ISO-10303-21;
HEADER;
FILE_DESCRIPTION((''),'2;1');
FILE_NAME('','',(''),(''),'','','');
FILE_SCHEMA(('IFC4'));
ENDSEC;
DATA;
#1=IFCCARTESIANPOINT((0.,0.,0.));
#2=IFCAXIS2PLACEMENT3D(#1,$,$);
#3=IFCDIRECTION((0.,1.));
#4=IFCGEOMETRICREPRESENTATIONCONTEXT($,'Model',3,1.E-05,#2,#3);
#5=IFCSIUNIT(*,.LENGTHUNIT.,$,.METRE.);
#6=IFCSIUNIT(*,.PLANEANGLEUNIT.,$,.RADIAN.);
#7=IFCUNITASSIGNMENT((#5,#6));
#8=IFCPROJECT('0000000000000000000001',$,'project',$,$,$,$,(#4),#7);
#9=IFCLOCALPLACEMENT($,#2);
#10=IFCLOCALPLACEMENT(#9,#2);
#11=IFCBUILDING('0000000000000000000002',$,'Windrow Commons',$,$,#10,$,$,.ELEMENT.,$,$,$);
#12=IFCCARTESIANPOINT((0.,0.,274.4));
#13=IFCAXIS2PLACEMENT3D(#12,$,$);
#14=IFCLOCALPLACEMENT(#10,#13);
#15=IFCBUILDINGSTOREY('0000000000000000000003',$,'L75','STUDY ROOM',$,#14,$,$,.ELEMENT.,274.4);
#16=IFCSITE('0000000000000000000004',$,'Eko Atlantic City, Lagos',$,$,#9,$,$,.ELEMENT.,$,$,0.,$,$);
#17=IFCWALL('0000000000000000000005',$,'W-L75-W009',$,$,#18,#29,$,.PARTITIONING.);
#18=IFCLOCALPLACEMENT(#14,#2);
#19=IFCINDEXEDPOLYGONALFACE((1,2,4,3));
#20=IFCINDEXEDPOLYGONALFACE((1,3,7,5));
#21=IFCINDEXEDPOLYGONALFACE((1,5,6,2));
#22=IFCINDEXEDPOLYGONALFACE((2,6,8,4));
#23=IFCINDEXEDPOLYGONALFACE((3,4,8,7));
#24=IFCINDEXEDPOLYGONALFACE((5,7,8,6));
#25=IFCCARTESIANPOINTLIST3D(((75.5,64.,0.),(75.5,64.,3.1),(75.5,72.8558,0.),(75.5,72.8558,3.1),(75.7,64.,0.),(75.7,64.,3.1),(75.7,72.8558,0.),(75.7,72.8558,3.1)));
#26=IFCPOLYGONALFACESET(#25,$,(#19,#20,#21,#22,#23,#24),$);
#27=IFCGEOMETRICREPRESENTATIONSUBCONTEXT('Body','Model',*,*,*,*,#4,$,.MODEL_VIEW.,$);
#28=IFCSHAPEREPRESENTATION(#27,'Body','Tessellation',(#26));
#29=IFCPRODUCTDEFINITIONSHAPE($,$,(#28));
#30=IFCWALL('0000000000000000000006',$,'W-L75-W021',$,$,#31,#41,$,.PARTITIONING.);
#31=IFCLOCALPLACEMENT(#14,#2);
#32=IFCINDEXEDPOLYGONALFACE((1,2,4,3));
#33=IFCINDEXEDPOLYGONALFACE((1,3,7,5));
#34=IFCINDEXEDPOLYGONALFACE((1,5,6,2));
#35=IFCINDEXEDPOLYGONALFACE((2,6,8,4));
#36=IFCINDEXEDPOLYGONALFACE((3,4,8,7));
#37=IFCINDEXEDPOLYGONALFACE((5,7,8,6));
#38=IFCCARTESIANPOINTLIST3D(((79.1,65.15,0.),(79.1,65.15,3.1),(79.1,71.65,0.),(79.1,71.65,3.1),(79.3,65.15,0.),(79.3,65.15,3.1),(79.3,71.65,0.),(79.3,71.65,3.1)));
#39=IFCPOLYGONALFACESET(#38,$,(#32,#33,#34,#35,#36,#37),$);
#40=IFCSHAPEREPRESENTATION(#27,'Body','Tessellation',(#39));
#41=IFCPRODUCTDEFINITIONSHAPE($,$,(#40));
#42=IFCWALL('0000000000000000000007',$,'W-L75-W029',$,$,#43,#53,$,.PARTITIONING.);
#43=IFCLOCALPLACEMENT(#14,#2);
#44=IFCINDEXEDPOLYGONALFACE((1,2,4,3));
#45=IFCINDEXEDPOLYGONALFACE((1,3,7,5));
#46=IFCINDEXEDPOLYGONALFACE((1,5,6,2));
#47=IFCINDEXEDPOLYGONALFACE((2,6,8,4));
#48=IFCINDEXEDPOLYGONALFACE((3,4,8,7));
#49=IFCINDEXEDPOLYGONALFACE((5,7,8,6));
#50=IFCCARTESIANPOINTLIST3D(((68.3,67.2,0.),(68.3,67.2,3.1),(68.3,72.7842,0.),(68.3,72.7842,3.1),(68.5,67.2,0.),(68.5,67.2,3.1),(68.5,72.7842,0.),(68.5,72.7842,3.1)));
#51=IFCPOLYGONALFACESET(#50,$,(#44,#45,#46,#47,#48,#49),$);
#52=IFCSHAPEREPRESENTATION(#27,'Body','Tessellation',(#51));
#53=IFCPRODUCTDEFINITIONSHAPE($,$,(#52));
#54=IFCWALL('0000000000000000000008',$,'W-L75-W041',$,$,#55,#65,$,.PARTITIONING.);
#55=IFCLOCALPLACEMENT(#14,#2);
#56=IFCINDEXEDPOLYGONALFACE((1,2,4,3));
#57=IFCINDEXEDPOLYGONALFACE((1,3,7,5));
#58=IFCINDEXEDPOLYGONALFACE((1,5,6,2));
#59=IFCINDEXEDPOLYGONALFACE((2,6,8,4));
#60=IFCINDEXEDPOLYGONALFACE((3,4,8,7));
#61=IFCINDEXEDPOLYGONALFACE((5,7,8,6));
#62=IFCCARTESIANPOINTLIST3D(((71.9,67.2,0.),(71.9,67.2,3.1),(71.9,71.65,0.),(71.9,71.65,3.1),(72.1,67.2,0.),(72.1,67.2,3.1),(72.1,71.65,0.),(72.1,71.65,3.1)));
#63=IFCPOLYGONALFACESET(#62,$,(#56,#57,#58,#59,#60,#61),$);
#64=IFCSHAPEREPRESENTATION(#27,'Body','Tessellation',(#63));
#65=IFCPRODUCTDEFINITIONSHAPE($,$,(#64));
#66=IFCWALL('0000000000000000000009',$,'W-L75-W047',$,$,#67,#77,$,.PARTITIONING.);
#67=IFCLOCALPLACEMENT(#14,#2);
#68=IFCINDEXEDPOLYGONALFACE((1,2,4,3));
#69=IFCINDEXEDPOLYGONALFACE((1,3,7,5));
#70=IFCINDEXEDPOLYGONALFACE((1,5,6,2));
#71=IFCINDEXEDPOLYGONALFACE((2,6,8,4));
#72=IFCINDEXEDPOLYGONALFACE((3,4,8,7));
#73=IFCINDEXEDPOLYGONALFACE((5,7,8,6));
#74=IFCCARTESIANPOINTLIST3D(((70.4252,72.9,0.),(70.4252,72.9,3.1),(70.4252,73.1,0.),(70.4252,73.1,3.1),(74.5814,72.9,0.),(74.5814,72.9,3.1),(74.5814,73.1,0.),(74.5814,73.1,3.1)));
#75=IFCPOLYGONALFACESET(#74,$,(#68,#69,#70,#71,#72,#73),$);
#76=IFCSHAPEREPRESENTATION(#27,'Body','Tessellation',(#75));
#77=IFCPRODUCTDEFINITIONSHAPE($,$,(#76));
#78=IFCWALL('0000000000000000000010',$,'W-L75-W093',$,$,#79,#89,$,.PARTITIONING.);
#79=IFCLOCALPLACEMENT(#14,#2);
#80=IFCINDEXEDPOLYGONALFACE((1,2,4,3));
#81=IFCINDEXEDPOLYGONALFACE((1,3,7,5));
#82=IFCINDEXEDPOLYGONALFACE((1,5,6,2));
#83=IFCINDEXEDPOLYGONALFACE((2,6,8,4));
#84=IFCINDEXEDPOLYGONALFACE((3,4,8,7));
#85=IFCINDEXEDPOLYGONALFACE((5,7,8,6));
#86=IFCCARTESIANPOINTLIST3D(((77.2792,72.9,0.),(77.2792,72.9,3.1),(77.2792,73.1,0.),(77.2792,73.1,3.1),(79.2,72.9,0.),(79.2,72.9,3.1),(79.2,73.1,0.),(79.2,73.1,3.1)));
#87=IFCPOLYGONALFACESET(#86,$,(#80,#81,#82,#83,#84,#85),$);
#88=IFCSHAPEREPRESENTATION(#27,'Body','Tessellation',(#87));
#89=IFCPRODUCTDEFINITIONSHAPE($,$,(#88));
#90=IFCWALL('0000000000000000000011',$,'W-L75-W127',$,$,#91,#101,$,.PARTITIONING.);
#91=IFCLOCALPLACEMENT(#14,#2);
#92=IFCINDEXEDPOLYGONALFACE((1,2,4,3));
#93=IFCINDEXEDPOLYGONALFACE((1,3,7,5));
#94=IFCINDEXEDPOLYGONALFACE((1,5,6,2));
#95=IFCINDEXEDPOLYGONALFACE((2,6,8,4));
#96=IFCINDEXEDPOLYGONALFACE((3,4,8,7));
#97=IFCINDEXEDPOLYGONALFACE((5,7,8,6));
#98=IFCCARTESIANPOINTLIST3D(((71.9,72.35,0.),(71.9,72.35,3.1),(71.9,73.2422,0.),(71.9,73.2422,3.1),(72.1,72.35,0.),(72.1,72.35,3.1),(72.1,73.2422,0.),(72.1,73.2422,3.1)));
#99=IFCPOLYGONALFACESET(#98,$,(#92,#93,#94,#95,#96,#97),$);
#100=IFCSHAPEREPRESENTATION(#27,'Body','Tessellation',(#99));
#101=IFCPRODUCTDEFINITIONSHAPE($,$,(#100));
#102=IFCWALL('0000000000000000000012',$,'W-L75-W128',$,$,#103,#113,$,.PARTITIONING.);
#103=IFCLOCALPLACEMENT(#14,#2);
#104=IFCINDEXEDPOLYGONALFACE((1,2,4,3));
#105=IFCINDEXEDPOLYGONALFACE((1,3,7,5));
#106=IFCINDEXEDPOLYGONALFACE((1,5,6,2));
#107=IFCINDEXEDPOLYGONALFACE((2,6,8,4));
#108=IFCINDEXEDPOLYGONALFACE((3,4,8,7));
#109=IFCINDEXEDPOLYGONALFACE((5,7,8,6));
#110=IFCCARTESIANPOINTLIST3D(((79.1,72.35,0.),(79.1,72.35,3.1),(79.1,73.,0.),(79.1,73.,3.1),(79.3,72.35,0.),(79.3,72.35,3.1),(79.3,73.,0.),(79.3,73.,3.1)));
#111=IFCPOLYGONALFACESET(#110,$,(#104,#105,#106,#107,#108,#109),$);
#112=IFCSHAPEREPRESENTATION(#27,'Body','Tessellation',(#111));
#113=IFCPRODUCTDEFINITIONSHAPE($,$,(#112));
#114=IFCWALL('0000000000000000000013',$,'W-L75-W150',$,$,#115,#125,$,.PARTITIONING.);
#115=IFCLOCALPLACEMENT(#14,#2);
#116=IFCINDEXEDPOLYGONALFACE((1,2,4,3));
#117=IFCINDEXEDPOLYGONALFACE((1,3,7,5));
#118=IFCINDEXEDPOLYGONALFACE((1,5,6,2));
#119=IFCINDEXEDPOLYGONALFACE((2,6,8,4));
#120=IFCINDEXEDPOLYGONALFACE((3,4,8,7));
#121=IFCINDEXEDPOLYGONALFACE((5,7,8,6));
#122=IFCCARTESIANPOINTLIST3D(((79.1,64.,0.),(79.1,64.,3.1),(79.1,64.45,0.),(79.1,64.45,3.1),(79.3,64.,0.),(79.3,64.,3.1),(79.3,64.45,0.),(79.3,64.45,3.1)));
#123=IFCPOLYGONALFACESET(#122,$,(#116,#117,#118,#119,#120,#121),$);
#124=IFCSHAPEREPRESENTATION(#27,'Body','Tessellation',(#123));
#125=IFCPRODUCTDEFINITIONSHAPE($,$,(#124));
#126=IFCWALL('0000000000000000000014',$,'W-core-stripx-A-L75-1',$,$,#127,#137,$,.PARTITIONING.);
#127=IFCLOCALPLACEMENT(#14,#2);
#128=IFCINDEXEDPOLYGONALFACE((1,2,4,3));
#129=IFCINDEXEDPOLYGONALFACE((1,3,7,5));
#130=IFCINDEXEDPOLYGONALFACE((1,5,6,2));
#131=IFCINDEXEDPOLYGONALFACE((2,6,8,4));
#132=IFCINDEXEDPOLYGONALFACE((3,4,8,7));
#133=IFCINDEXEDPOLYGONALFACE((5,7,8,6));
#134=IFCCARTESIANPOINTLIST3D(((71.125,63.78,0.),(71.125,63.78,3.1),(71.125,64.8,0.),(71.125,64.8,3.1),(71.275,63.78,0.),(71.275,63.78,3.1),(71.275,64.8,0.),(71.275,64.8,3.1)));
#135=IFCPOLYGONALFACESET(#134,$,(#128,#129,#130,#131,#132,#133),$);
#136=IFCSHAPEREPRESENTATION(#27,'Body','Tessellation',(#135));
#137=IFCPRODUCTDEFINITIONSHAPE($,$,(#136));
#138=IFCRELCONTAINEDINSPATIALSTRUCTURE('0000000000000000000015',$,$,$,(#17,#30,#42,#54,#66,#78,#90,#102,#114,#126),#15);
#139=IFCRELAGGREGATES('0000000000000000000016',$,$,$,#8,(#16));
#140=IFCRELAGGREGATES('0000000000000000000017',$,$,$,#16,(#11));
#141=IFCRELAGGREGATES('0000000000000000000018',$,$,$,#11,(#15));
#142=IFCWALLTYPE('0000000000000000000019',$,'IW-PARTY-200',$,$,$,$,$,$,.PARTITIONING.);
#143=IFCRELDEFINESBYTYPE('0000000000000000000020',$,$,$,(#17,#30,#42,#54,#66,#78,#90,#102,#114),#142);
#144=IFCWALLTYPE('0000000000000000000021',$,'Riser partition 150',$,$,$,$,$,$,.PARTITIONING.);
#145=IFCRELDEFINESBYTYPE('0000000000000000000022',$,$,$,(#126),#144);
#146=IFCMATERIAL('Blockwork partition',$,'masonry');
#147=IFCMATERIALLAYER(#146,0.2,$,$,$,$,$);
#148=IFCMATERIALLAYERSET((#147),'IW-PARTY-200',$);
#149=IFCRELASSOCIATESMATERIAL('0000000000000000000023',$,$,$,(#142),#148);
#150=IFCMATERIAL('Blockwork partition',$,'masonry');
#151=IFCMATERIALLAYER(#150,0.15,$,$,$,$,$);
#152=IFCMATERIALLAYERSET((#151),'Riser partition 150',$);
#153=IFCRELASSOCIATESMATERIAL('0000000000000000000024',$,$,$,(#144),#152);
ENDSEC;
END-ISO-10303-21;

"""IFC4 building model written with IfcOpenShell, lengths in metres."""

from ifc_helpers import new_model, si_unit, direction, frame, frame_2d, origin, place, context, subcontext, project, spatial, rectangle, extrude, material, layer, layer_set, type_object, element, save


model = new_model("IFC4")

# Units and contexts
model_context = context("Model", 3, precision=1e-05, world=origin(), true_north=direction((0.0, 1.0)))
body_context = subcontext(model_context, "Body", "Model", "MODEL_VIEW")
ifc_project = project(units=[si_unit("LENGTHUNIT", "METRE"), si_unit("PLANEANGLEUNIT", "RADIAN")], contexts=[model_context])

# Site, building, storey
site_placement = place(None, origin())
site = spatial("IfcSite", under=ifc_project, at=site_placement, Name="Eko Atlantic City, Lagos", CompositionType="ELEMENT", RefElevation=0.0)
building_placement = place(site_placement, origin())
building = spatial("IfcBuilding", under=site, at=building_placement, Name="Windrow Commons", CompositionType="ELEMENT")
storey_placement = place(building_placement, frame((0.0, 0.0, 274.4)))
storey = spatial("IfcBuildingStorey", under=building, at=storey_placement, Name="L75", Description="STUDY ROOM", CompositionType="ELEMENT", Elevation=274.4)

# Walls
ifc_material_1 = material(Name="Blockwork partition", Category="masonry")
ifc_layer_1 = layer(ifc_material_1, 0.2)
ifc_layer_set_1 = layer_set([ifc_layer_1], Name="IW-PARTY-200")
wall_type_1 = type_object("IfcWallType", Name="IW-PARTY-200", PredefinedType="PARTITIONING", material=ifc_layer_set_1)
wall_1_placement = place(storey_placement, frame((75.6, 64.0, 0.0), z_axis=(0.0, 0.0, 1.0), x_axis=(0.0, 1.0, 0.0)))
element("IfcWall", 1, at=wall_1_placement, inside=storey, type_object=wall_type_1, Name="W-L75-W009", PredefinedType="PARTITIONING", context=body_context, shape_type="SweptSolid", body=[
    extrude(rectangle(XDim=8.8557, YDim=0.2, at=frame_2d((4.4279, 0.0))), origin(), (0.0, 0.0, 1.0), 3.1),
])
wall_2_placement = place(storey_placement, frame((79.2, 65.15, 0.0), z_axis=(0.0, 0.0, 1.0), x_axis=(0.0, 1.0, 0.0)))
element("IfcWall", 2, at=wall_2_placement, inside=storey, type_object=wall_type_1, Name="W-L75-W021", PredefinedType="PARTITIONING", context=body_context, shape_type="SweptSolid", body=[
    extrude(rectangle(XDim=6.5, YDim=0.2, at=frame_2d((3.25, 0.0))), origin(), (0.0, 0.0, 1.0), 3.1),
])
wall_3_placement = place(storey_placement, frame((68.4, 67.2, 0.0), z_axis=(0.0, 0.0, 1.0), x_axis=(0.0, 1.0, 0.0)))
element("IfcWall", 3, at=wall_3_placement, inside=storey, type_object=wall_type_1, Name="W-L75-W029", PredefinedType="PARTITIONING", context=body_context, shape_type="SweptSolid", body=[
    extrude(rectangle(XDim=5.5843, YDim=0.2, at=frame_2d((2.7921, 0.0))), origin(), (0.0, 0.0, 1.0), 3.1),
])
wall_4_placement = place(storey_placement, frame((72.0, 67.2, 0.0), z_axis=(0.0, 0.0, 1.0), x_axis=(0.0, 1.0, 0.0)))
element("IfcWall", 4, at=wall_4_placement, inside=storey, type_object=wall_type_1, Name="W-L75-W041", PredefinedType="PARTITIONING", context=body_context, shape_type="SweptSolid", body=[
    extrude(rectangle(XDim=4.45, YDim=0.2, at=frame_2d((2.225, 0.0))), origin(), (0.0, 0.0, 1.0), 3.1),
])
wall_5_placement = place(storey_placement, frame((70.4252, 73.0, 0.0), z_axis=(0.0, 0.0, 1.0), x_axis=(1.0, 0.0, 0.0)))
element("IfcWall", 5, at=wall_5_placement, inside=storey, type_object=wall_type_1, Name="W-L75-W047", PredefinedType="PARTITIONING", context=body_context, shape_type="SweptSolid", body=[
    extrude(rectangle(XDim=4.1563, YDim=0.2, at=frame_2d((2.0781, 0.0))), origin(), (0.0, 0.0, 1.0), 3.1),
])
wall_6_placement = place(storey_placement, frame((77.2791, 73.0, 0.0), z_axis=(0.0, 0.0, 1.0), x_axis=(1.0, 0.0, 0.0)))
element("IfcWall", 6, at=wall_6_placement, inside=storey, type_object=wall_type_1, Name="W-L75-W093", PredefinedType="PARTITIONING", context=body_context, shape_type="SweptSolid", body=[
    extrude(rectangle(XDim=1.9209, YDim=0.2, at=frame_2d((0.9605, 0.0))), origin(), (0.0, 0.0, 1.0), 3.1),
])
wall_7_placement = place(storey_placement, frame((72.0, 72.35, 0.0), z_axis=(0.0, 0.0, 1.0), x_axis=(0.0, 1.0, 0.0)))
element("IfcWall", 7, at=wall_7_placement, inside=storey, type_object=wall_type_1, Name="W-L75-W127", PredefinedType="PARTITIONING", context=body_context, shape_type="SweptSolid", body=[
    extrude(rectangle(XDim=0.8921, YDim=0.2, at=frame_2d((0.4461, 0.0))), origin(), (0.0, 0.0, 1.0), 3.1),
])
wall_8_placement = place(storey_placement, frame((79.2, 72.35, 0.0), z_axis=(0.0, 0.0, 1.0), x_axis=(0.0, 1.0, 0.0)))
element("IfcWall", 8, at=wall_8_placement, inside=storey, type_object=wall_type_1, Name="W-L75-W128", PredefinedType="PARTITIONING", context=body_context, shape_type="SweptSolid", body=[
    extrude(rectangle(XDim=0.65, YDim=0.2, at=frame_2d((0.325, 0.0))), origin(), (0.0, 0.0, 1.0), 3.1),
])
wall_9_placement = place(storey_placement, frame((79.2, 64.0, 0.0), z_axis=(0.0, 0.0, 1.0), x_axis=(0.0, 1.0, 0.0)))
element("IfcWall", 9, at=wall_9_placement, inside=storey, type_object=wall_type_1, Name="W-L75-W150", PredefinedType="PARTITIONING", context=body_context, shape_type="SweptSolid", body=[
    extrude(rectangle(XDim=0.45, YDim=0.2, at=frame_2d((0.225, 0.0))), origin(), (0.0, 0.0, 1.0), 3.1),
])
ifc_material_2 = material(Name="Blockwork partition", Category="masonry")
ifc_layer_2 = layer(ifc_material_2, 0.15)
ifc_layer_set_2 = layer_set([ifc_layer_2], Name="Riser partition 150")
wall_type_2 = type_object("IfcWallType", Name="Riser partition 150", PredefinedType="PARTITIONING", material=ifc_layer_set_2)
wall_10_placement = place(storey_placement, frame((71.2, 63.78, 0.0), z_axis=(0.0, 0.0, 1.0), x_axis=(0.0, 1.0, 0.0)))
element("IfcWall", 10, at=wall_10_placement, inside=storey, type_object=wall_type_2, Name="W-core-stripx-A-L75-1", PredefinedType="PARTITIONING", context=body_context, shape_type="SweptSolid", body=[
    extrude(rectangle(XDim=1.02, YDim=0.15, at=frame_2d((0.51, 0.0))), origin(), (0.0, 0.0, 1.0), 3.1),
])

save(model, "model.ifc")
